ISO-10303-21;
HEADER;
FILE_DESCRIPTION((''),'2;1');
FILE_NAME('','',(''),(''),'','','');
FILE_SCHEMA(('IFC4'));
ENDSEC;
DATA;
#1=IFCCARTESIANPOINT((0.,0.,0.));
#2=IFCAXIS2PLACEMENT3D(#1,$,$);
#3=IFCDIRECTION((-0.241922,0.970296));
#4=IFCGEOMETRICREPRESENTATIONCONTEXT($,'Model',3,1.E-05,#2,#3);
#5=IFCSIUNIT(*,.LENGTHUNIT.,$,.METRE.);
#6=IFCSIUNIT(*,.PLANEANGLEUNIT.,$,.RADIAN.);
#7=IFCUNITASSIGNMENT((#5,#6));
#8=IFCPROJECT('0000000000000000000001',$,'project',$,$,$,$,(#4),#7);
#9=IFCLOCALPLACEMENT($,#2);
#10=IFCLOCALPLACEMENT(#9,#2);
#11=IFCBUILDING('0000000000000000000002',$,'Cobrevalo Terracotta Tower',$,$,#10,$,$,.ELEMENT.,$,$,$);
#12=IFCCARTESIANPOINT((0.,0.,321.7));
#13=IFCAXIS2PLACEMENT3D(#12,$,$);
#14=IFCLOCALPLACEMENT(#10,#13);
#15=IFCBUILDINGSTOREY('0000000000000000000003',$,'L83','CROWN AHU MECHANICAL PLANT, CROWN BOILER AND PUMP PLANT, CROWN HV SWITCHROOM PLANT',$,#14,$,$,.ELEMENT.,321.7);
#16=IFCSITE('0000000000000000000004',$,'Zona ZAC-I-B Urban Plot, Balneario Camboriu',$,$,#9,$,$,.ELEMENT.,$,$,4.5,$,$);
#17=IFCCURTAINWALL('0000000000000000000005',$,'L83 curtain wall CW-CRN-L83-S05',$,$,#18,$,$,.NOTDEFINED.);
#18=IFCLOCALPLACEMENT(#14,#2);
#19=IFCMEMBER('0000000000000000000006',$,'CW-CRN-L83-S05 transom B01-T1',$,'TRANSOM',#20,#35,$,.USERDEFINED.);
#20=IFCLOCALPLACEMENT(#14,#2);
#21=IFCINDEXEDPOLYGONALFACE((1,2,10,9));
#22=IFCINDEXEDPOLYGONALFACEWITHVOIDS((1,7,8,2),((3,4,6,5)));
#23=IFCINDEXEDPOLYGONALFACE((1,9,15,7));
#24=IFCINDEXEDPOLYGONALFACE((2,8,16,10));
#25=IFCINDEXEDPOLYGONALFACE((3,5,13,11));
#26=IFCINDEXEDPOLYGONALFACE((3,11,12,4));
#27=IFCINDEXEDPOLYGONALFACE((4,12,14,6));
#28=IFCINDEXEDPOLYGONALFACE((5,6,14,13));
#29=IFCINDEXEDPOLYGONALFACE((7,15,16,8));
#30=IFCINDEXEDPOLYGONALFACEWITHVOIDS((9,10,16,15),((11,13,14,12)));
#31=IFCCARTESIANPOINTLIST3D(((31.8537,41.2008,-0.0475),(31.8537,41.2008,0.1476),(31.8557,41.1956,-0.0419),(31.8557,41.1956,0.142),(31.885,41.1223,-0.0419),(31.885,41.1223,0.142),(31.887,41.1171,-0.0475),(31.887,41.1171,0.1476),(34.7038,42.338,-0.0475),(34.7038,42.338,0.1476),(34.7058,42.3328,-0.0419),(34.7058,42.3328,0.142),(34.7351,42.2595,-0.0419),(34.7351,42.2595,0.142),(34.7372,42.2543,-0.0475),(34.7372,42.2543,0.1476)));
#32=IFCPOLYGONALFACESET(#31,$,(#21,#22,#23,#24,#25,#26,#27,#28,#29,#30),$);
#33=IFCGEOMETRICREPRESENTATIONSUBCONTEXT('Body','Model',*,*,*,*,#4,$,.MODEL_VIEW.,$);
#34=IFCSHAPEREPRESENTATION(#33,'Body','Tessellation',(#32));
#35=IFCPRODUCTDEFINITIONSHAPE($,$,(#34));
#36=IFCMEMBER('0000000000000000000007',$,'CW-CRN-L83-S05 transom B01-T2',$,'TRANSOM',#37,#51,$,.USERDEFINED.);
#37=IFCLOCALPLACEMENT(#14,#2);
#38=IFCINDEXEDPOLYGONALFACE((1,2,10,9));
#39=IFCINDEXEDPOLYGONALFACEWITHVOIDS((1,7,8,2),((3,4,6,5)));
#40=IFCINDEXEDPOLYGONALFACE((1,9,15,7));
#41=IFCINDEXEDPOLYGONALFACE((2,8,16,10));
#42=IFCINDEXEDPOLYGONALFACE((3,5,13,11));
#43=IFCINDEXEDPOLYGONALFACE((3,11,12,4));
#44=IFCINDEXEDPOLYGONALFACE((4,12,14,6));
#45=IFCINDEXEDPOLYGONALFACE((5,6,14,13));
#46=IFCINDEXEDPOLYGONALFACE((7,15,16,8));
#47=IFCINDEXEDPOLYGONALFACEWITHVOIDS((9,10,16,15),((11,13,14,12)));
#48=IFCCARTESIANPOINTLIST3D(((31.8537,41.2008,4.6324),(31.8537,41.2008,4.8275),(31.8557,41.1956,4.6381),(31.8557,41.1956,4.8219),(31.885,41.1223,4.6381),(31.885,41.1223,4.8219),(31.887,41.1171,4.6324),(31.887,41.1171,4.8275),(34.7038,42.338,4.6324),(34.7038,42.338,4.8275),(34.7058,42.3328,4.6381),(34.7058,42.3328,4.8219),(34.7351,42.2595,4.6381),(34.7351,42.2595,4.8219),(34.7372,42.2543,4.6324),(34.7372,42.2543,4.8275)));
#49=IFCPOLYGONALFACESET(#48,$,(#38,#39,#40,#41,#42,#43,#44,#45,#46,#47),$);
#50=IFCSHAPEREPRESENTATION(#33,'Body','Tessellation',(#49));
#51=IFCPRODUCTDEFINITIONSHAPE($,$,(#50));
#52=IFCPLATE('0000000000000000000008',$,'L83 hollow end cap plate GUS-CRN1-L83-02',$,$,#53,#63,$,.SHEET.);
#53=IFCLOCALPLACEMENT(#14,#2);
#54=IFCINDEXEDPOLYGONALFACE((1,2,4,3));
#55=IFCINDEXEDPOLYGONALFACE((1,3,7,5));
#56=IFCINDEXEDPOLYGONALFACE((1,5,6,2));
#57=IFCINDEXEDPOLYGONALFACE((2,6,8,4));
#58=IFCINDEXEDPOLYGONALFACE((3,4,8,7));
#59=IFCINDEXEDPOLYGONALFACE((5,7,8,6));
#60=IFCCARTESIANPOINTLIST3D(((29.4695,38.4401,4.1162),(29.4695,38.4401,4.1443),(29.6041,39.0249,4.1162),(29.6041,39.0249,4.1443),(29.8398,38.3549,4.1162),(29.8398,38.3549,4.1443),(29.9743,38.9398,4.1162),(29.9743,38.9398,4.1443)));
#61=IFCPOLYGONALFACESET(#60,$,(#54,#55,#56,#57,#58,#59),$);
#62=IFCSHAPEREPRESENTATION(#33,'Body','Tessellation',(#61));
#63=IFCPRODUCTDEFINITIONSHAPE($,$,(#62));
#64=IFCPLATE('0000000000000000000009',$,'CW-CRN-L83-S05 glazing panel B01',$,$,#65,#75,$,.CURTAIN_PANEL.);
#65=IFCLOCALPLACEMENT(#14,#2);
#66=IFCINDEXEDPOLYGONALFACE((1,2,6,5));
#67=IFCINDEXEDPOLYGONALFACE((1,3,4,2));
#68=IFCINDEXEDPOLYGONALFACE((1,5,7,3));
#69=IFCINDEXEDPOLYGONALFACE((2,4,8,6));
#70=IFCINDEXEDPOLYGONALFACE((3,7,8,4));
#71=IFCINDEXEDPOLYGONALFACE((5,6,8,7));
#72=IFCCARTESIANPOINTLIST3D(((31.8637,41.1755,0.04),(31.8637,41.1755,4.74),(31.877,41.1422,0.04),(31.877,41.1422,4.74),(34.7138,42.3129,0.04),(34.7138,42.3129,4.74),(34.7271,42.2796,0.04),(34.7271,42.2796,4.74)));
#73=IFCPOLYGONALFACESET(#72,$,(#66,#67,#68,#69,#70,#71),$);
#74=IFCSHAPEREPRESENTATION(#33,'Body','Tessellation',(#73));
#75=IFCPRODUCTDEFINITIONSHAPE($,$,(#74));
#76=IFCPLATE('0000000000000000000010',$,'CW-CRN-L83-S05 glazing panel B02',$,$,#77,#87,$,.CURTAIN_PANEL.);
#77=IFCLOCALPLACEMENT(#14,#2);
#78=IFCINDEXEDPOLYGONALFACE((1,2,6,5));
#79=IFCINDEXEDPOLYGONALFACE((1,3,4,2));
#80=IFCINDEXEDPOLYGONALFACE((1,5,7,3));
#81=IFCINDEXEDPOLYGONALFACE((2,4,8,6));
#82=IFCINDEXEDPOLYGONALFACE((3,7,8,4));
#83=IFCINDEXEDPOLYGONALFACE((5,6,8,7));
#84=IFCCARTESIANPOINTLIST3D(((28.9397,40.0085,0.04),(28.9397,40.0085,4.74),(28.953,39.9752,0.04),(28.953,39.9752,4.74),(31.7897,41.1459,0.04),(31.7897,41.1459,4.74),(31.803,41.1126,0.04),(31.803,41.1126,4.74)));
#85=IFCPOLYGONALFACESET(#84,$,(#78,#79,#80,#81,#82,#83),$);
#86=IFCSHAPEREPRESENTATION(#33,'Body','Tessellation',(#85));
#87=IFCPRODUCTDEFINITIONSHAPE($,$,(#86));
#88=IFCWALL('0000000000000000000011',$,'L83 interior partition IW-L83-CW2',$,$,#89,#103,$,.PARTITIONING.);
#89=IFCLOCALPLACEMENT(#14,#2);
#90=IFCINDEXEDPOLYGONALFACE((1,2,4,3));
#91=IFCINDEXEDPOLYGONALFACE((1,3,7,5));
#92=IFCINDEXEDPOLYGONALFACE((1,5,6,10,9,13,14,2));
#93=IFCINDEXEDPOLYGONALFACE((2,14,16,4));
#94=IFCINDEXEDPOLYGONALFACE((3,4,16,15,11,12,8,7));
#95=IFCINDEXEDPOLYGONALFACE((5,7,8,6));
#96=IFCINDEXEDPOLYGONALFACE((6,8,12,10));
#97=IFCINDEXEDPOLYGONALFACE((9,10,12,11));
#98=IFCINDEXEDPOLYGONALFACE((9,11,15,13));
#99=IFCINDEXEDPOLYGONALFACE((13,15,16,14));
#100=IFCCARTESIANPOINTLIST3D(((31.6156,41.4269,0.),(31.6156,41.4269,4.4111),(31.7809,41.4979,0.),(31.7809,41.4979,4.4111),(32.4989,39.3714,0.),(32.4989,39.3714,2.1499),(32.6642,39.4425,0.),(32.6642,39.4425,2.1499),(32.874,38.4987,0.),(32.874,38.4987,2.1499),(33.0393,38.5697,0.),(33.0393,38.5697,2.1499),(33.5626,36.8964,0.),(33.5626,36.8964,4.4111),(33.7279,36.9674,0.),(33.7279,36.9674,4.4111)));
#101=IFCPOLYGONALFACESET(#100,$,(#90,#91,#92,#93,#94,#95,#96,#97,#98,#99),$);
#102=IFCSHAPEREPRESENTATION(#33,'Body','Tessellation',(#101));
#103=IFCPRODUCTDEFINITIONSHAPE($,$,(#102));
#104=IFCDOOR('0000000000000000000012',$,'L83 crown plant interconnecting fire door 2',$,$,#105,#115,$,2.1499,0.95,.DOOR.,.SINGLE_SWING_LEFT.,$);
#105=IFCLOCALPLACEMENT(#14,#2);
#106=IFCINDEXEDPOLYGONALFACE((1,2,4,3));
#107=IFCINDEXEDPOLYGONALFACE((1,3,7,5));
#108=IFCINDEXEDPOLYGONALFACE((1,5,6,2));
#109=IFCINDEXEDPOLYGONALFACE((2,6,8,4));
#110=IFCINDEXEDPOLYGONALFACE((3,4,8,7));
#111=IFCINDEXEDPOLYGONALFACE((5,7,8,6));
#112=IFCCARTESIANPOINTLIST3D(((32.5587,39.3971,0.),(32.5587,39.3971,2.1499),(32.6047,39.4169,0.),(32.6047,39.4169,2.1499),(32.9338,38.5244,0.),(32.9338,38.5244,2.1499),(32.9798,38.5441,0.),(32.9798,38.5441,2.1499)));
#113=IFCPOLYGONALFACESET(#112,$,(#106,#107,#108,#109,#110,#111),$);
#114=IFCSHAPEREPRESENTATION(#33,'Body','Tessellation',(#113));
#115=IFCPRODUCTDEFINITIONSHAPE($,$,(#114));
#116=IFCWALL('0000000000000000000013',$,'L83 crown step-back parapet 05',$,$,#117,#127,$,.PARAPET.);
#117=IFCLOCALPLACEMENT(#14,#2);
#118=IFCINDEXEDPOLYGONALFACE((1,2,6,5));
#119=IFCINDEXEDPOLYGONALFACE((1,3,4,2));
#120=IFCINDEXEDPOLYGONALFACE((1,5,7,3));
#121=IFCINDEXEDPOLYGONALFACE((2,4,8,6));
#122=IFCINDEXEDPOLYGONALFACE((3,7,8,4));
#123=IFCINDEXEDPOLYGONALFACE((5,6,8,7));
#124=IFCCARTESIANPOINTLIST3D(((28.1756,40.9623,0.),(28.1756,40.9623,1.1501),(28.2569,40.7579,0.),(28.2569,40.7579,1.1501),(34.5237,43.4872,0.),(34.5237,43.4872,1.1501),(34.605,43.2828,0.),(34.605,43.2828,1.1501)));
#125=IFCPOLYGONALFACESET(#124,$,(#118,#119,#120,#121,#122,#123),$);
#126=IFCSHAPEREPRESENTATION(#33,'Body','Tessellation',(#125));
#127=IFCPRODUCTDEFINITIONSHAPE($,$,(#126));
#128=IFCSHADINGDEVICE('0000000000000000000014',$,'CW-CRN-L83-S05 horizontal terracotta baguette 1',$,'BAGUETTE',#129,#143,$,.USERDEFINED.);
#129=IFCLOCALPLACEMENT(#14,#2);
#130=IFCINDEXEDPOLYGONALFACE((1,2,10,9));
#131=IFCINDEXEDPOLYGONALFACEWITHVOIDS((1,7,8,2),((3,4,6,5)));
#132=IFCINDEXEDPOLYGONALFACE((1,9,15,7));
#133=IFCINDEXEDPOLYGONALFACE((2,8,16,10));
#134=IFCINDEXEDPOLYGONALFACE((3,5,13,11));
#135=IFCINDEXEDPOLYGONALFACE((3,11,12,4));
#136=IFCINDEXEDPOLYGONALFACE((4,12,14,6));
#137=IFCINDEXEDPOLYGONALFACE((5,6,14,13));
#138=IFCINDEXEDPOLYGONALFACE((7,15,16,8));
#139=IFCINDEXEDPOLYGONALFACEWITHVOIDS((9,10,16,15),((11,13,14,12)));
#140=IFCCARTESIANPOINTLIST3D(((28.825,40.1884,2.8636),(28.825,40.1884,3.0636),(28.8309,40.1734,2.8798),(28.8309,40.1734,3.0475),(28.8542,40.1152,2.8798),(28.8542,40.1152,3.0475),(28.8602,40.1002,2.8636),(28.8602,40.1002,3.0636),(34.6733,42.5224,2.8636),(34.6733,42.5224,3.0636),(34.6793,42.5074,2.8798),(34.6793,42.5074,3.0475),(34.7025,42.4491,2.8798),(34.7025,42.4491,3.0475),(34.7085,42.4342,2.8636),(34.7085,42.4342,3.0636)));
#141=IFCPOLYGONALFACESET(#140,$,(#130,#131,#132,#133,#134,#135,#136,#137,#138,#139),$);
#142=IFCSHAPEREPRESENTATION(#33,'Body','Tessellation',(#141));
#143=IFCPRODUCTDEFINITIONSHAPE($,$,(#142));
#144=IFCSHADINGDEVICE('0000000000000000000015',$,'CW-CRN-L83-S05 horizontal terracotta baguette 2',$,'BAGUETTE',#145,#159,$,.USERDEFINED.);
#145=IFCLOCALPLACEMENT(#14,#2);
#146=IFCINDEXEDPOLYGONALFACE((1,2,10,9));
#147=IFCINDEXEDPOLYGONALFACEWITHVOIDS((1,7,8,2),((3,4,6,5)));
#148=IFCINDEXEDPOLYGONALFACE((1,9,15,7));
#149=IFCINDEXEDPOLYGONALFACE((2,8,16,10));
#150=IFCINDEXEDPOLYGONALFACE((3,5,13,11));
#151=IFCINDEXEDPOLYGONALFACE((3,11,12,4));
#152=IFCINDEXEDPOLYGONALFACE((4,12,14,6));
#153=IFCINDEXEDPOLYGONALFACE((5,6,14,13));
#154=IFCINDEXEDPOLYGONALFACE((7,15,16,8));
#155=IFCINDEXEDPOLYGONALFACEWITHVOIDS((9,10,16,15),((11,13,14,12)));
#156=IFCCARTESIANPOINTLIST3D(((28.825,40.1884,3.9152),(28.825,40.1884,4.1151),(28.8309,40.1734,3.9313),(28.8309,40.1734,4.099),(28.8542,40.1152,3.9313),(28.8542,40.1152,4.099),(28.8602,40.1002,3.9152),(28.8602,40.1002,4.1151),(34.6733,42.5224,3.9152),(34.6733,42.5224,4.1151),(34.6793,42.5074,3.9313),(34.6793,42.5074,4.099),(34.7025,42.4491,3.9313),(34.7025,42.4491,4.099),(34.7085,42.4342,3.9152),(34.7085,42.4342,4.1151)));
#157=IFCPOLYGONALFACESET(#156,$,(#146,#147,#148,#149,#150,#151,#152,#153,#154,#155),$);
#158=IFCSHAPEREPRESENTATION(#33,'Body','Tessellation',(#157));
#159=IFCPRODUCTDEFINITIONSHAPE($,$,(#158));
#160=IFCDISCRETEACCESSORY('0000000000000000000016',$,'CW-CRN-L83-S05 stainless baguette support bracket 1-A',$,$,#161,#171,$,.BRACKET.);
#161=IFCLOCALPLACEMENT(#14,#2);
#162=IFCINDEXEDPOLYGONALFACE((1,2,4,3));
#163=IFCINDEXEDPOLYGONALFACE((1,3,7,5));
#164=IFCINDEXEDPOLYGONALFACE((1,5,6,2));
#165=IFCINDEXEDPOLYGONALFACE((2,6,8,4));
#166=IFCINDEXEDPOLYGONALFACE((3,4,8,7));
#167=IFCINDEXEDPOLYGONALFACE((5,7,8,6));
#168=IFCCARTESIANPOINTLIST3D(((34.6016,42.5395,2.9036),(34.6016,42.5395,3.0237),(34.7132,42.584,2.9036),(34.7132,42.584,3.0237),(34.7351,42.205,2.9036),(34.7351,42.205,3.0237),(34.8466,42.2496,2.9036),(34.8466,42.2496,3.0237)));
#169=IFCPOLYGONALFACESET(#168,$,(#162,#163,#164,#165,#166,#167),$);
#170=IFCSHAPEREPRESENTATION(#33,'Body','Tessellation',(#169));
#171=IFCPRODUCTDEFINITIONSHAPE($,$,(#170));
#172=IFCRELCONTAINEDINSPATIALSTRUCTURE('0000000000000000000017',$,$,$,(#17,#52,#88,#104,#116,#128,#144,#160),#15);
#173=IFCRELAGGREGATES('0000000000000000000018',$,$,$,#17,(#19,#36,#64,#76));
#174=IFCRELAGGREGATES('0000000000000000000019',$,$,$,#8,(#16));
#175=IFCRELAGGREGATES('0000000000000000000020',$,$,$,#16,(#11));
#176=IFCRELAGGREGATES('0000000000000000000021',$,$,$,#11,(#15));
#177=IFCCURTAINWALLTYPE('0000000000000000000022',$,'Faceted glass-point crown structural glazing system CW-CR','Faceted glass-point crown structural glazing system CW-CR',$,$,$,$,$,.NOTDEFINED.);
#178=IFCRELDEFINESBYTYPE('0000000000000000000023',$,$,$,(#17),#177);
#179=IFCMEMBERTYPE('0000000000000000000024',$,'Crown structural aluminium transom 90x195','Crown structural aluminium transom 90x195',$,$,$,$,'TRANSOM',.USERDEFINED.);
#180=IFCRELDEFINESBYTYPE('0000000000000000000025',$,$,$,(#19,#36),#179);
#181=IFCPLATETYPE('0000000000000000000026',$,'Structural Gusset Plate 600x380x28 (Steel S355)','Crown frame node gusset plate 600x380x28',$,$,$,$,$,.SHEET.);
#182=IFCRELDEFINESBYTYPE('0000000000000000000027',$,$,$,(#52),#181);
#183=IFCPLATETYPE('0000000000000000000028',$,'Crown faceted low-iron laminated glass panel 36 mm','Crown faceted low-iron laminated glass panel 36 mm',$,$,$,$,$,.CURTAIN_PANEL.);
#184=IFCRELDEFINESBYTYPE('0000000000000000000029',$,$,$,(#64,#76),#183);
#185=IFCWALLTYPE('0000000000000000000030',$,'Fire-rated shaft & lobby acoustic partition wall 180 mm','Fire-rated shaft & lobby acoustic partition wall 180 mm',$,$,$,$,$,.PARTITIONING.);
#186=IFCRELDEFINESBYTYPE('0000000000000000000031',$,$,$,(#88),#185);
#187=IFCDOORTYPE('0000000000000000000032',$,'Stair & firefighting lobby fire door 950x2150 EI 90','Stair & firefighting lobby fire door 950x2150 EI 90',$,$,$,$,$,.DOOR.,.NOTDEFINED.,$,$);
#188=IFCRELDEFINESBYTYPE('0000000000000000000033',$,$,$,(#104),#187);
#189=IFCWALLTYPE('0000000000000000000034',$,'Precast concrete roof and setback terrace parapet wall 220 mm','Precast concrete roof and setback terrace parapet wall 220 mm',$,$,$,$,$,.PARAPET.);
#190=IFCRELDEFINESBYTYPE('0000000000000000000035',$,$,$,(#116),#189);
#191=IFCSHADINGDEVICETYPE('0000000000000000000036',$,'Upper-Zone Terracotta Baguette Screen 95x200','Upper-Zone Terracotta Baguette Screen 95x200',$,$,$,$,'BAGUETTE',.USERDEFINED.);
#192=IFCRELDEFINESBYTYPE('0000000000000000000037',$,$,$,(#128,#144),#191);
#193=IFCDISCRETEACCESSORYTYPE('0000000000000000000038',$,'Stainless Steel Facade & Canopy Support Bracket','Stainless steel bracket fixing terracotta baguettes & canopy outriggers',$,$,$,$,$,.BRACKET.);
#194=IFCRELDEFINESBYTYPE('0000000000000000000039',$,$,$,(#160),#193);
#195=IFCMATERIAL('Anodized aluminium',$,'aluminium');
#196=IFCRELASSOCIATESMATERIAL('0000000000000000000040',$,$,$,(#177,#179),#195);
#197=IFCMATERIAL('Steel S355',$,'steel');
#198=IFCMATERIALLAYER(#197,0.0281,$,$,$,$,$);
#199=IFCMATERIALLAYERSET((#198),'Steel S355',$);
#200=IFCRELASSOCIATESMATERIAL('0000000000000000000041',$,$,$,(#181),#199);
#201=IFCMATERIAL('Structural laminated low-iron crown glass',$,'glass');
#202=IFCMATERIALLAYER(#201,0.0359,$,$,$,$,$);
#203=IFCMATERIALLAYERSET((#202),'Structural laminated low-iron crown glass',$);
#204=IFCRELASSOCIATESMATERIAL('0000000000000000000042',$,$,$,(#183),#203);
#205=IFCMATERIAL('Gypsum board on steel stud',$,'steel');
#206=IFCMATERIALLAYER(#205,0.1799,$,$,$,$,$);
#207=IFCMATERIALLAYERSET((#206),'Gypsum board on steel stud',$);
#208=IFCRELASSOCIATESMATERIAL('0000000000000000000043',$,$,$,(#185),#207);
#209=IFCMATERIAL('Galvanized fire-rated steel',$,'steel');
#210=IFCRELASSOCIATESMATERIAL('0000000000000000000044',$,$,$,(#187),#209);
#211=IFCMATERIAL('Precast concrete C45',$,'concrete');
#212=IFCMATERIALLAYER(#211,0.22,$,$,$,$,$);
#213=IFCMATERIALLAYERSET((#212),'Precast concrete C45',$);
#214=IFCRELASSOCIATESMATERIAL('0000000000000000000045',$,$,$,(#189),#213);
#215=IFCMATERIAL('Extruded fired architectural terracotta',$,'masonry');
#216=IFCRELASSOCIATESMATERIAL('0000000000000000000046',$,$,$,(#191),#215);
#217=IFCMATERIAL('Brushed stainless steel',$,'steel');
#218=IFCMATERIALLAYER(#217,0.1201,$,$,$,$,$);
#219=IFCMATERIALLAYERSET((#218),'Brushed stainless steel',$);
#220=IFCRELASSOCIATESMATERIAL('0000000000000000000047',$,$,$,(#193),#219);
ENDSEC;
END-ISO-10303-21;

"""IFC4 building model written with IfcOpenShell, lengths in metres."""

from ifc_helpers import new_model, si_unit, direction, frame, frame_2d, origin, origin_2d, place, context, subcontext, project, spatial, rectangle, hollow_rectangle, extrude, source, transform, mapped, material, layer, layer_set, material_profile, profile_set, type_object, element, fill, aggregate, save


model = new_model("IFC4")

# Units and contexts
model_context = context("Model", 3, precision=1e-05, world=origin(), true_north=direction((-0.241922, 0.970296)))
body_context = subcontext(model_context, "Body", "Model", "MODEL_VIEW")
ifc_project = project(units=[si_unit("LENGTHUNIT", "METRE"), si_unit("PLANEANGLEUNIT", "RADIAN")], contexts=[model_context])

# Site, building, storey
site_placement = place(None, origin())
site = spatial("IfcSite", under=ifc_project, at=site_placement, Name="Zona ZAC-I-B Urban Plot, Balneario Camboriu", CompositionType="ELEMENT", RefElevation=4.5)
building_placement = place(site_placement, origin())
building = spatial("IfcBuilding", under=site, at=building_placement, Name="Cobrevalo Terracotta Tower", CompositionType="ELEMENT")
storey_placement = place(building_placement, frame((0.0, 0.0, 321.7)))
storey = spatial("IfcBuildingStorey", under=building, at=storey_placement, Name="L83", Description="CROWN AHU MECHANICAL PLANT, CROWN BOILER AND PUMP PLANT, CROWN HV SWITCHROOM PLANT", CompositionType="ELEMENT", Elevation=321.7)

# Shared definitions
ifc_material_1 = material(Name="Steel S355", Category="steel")

# Shared definitions
ifc_material_2 = material(Name="Anodized aluminium", Category="aluminium")
curtain_wall_type = type_object("IfcCurtainWallType", Name="Faceted glass-point crown structural glazing system CW-CR", Description="Faceted glass-point crown structural glazing system CW-CR", PredefinedType="NOTDEFINED", material=ifc_material_2)

# Curtain wall, members
curtain_wall_1_placement = place(storey_placement, origin())
curtain_wall_1 = element("IfcCurtainWall", 1, at=curtain_wall_1_placement, inside=storey, type_object=curtain_wall_type, Name="L83 curtain wall CW-CRN-L83-S05", PredefinedType="NOTDEFINED")
ifc_material_profile_1 = material_profile(ifc_material_2, hollow_rectangle(XDim=0.0901, YDim=0.1951, WallThickness=0.0056, at=origin_2d()), Name="CWT 90x195")
ifc_profile_set_1 = profile_set([ifc_material_profile_1], Name="Anodized aluminium")
member_type_1 = type_object("IfcMemberType", Name="Crown structural aluminium transom 90x195", Description="Crown structural aluminium transom 90x195", ElementType="TRANSOM", PredefinedType="USERDEFINED", material=ifc_profile_set_1)
shared_shape_1 = source(origin(), body_context, "Body", "SweptSolid", [
    extrude(hollow_rectangle(XDim=0.0901, YDim=0.1951, WallThickness=0.0056, at=origin_2d()), origin(), (0.0, 0.0, 1.0), 3.0686),
])
member_1_placement = place(storey_placement, frame((34.7205, 42.2961, 0.05), z_axis=(-0.928795, -0.370595, 0.0), x_axis=(0.370595, -0.928795, 0.0)))
member_1 = element("IfcMember", 2, at=member_1_placement, type_object=member_type_1, Name="CW-CRN-L83-S05 transom B01-T1", ObjectType="TRANSOM", PredefinedType="USERDEFINED", context=body_context, shape_type="MappedRepresentation", body=[
    mapped(shared_shape_1, transform((0.0, 0.0, 0.0), scale=1.0)),
])
member_2_placement = place(storey_placement, frame((34.7205, 42.2961, 4.73), z_axis=(-0.928795, -0.370595, 0.0), x_axis=(0.370595, -0.928795, 0.0)))
member_2 = element("IfcMember", 3, at=member_2_placement, type_object=member_type_1, Name="CW-CRN-L83-S05 transom B01-T2", ObjectType="TRANSOM", PredefinedType="USERDEFINED", context=body_context, shape_type="MappedRepresentation", body=[
    mapped(shared_shape_1, transform((0.0, 0.0, 0.0), scale=1.0)),
])

# Plates
ifc_layer_1 = layer(ifc_material_1, 0.0281)
ifc_layer_set_1 = layer_set([ifc_layer_1], Name="Steel S355")
plate_type_1 = type_object("IfcPlateType", Name="Structural Gusset Plate 600x380x28 (Steel S355)", Description="Crown frame node gusset plate 600x380x28", PredefinedType="SHEET", material=ifc_layer_set_1)
shared_shape_2 = source(origin(), body_context, "Body", "SweptSolid", [
    extrude(rectangle(XDim=0.6001, YDim=0.3799, at=origin_2d()), origin(), (0.0, 0.0, 1.0), 0.0281),
])
plate_1_placement = place(storey_placement, frame((29.7219, 38.6899, 4.1162), z_axis=(0.0, 0.0, 1.0), x_axis=(0.224221, 0.974538, 0.0)))
element("IfcPlate", 4, at=plate_1_placement, inside=storey, type_object=plate_type_1, Name="L83 hollow end cap plate GUS-CRN1-L83-02", PredefinedType="SHEET", context=body_context, shape_type="MappedRepresentation", body=[
    mapped(shared_shape_2, transform((0.0, 0.0, 0.0), scale=1.0)),
])
ifc_material_3 = material(Name="Structural laminated low-iron crown glass", Category="glass")
ifc_layer_2 = layer(ifc_material_3, 0.0359)
ifc_layer_set_2 = layer_set([ifc_layer_2], Name="Structural laminated low-iron crown glass")
plate_type_2 = type_object("IfcPlateType", Name="Crown faceted low-iron laminated glass panel 36 mm", Description="Crown faceted low-iron laminated glass panel 36 mm", PredefinedType="CURTAIN_PANEL", material=ifc_layer_set_2)
shared_shape_3 = source(origin(), body_context, "Body", "SweptSolid", [
    extrude(rectangle(XDim=3.0686, YDim=0.0359, at=origin_2d()), origin(), (0.0, 0.0, 1.0), 4.7),
])
plate_2_placement = place(storey_placement, frame((33.2954, 41.7275, 0.04), z_axis=(0.0, 0.0, 1.0), x_axis=(-0.928769, -0.37066, 0.0)))
plate_2 = element("IfcPlate", 5, at=plate_2_placement, type_object=plate_type_2, Name="CW-CRN-L83-S05 glazing panel B01", PredefinedType="CURTAIN_PANEL", context=body_context, shape_type="MappedRepresentation", body=[
    mapped(shared_shape_3, transform((0.0, 0.0, 0.0), scale=1.0)),
])
plate_3_placement = place(storey_placement, frame((30.3713, 40.5605, 0.04), z_axis=(0.0, 0.0, 1.0), x_axis=(-0.928769, -0.37066, 0.0)))
plate_3 = element("IfcPlate", 6, at=plate_3_placement, type_object=plate_type_2, Name="CW-CRN-L83-S05 glazing panel B02", PredefinedType="CURTAIN_PANEL", context=body_context, shape_type="MappedRepresentation", body=[
    mapped(shared_shape_3, transform((0.0, 0.0, 0.0), scale=1.0)),
])
aggregate(curtain_wall_1, [member_1, member_2, plate_2, plate_3])

# Wall, opening, door
ifc_material_4 = material(Name="Gypsum board on steel stud", Category="steel")
ifc_layer_3 = layer(ifc_material_4, 0.1799)
ifc_layer_set_3 = layer_set([ifc_layer_3], Name="Gypsum board on steel stud")
wall_type_1 = type_object("IfcWallType", Name="Fire-rated shaft & lobby acoustic partition wall 180 mm", Description="Fire-rated shaft & lobby acoustic partition wall 180 mm", PredefinedType="PARTITIONING", material=ifc_layer_set_3)
wall_1_placement = place(storey_placement, frame((33.6453, 36.9319, 0.0), z_axis=(0.0, 0.0, 1.0), x_axis=(-0.394839, 0.91875, 0.0)))
wall_1 = element("IfcWall", 7, at=wall_1_placement, inside=storey, type_object=wall_type_1, Name="L83 interior partition IW-L83-CW2", PredefinedType="PARTITIONING", context=body_context, shape_type="SweptSolid", body=[
    extrude(rectangle(XDim=4.9312, YDim=0.1799, at=frame_2d((2.4656, 0.0))), origin(), (0.0, 0.0, 1.0), 4.4111),
])
opening_placement = place(wall_1_placement, frame((1.7439, 0.0, 0.0)))
opening = element("IfcOpeningElement", 8, at=opening_placement, cuts=wall_1, PredefinedType="OPENING", context=body_context, shape_type="SweptSolid", body=[
    extrude(rectangle(XDim=0.95, YDim=2.1499, at=frame_2d((0.4751, 1.075))), frame((0.0, 0.1001, 0.0), z_axis=(0.0, -1.0, 0.0), x_axis=(1.0, 0.0, 0.0)), (0.0, 0.0, 1.0), 0.2),
])
ifc_material_5 = material(Name="Galvanized fire-rated steel", Category="steel")
door_type = type_object("IfcDoorType", Name="Stair & firefighting lobby fire door 950x2150 EI 90", Description="Stair & firefighting lobby fire door 950x2150 EI 90", OperationType="NOTDEFINED", PredefinedType="DOOR", material=ifc_material_5)
shared_shape_4 = source(origin(), body_context, "Body", "SweptSolid", [
    extrude(rectangle(XDim=0.95, YDim=2.1499, at=frame_2d((0.4751, 1.075))), frame((0.0, 0.0249, 0.0), z_axis=(0.0, -1.0, 0.0), x_axis=(1.0, 0.0, 0.0)), (0.0, 0.0, 1.0), 0.05),
])
door_placement = place(opening_placement, origin())
door = element("IfcDoor", 9, at=door_placement, inside=storey, type_object=door_type, Name="L83 crown plant interconnecting fire door 2", OperationType="SINGLE_SWING_LEFT", OverallHeight=2.1499, OverallWidth=0.95, PredefinedType="DOOR", context=body_context, shape_type="MappedRepresentation", body=[
    mapped(shared_shape_4, transform((0.0, 0.0, 0.0), scale=1.0)),
])
fill(opening, door)

# Wall
ifc_material_6 = material(Name="Precast concrete C45", Category="concrete")
ifc_layer_4 = layer(ifc_material_6, 0.22)
ifc_layer_set_4 = layer_set([ifc_layer_4], Name="Precast concrete C45")
wall_type_2 = type_object("IfcWallType", Name="Precast concrete roof and setback terrace parapet wall 220 mm", Description="Precast concrete roof and setback terrace parapet wall 220 mm", PredefinedType="PARAPET", material=ifc_layer_set_4)
wall_2_placement = place(storey_placement, frame((34.5645, 43.385, 0.0), z_axis=(0.0, 0.0, 1.0), x_axis=(-0.929199, -0.369579, 0.0)))
element("IfcWall", 10, at=wall_2_placement, inside=storey, type_object=wall_type_2, Name="L83 crown step-back parapet 05", PredefinedType="PARAPET", context=body_context, shape_type="SweptSolid", body=[
    extrude(rectangle(XDim=6.8318, YDim=0.22, at=frame_2d((3.416, 0.0))), origin(), (0.0, 0.0, 1.0), 1.1501),
])

# Shading devices
ifc_material_7 = material(Name="Extruded fired architectural terracotta", Category="masonry")
ifc_material_profile_2 = material_profile(ifc_material_7, hollow_rectangle(XDim=0.095, YDim=0.2, WallThickness=0.0161, at=origin_2d()), Name="BAGUETTE 95x200")
ifc_profile_set_2 = profile_set([ifc_material_profile_2], Name="Extruded fired architectural terracotta")
shading_device_type = type_object("IfcShadingDeviceType", Name="Upper-Zone Terracotta Baguette Screen 95x200", Description="Upper-Zone Terracotta Baguette Screen 95x200", ElementType="BAGUETTE", PredefinedType="USERDEFINED", material=ifc_profile_set_2)
shared_shape_5 = source(origin(), body_context, "Body", "SweptSolid", [
    extrude(hollow_rectangle(XDim=0.095, YDim=0.2, WallThickness=0.0161, at=origin_2d()), origin(), (0.0, 0.0, 1.0), 6.2969),
])
for number, where, z_axis, x_axis, name in (
    (11, (34.6909, 42.4783, 2.9636), (-0.928771, -0.370655, 0.0), (0.370655, -0.928771, 0.0), "CW-CRN-L83-S05 horizontal terracotta baguette 1"),
    (12, (34.6909, 42.4783, 4.0151), (-0.928771, -0.370655, 0.0), (0.370655, -0.928771, 0.0), "CW-CRN-L83-S05 horizontal terracotta baguette 2"),
):
    element("IfcShadingDevice", number, at=place(storey_placement, frame(where, z_axis=z_axis, x_axis=x_axis)), inside=storey, type_object=shading_device_type, Name=name, ObjectType="BAGUETTE", PredefinedType="USERDEFINED", context=body_context, shape_type="MappedRepresentation", body=[
        mapped(shared_shape_5, transform((0.0, 0.0, 0.0), scale=1.0)),
    ])

# Discrete accessory
ifc_material_8 = material(Name="Brushed stainless steel", Category="steel")
ifc_layer_5 = layer(ifc_material_8, 0.1201)
ifc_layer_set_5 = layer_set([ifc_layer_5], Name="Brushed stainless steel")
discrete_accessory_type = type_object("IfcDiscreteAccessoryType", Name="Stainless Steel Facade & Canopy Support Bracket", Description="Stainless steel bracket fixing terracotta baguettes & canopy outriggers", PredefinedType="BRACKET", material=ifc_layer_set_5)
shared_shape_6 = source(origin(), body_context, "Body", "SweptSolid", [
    extrude(rectangle(XDim=0.1201, YDim=0.3601, at=origin_2d()), origin(), (0.0, 0.0, 1.0), 0.1201),
])
for number, where, z_axis, x_axis, name in (
    (13, (34.7241, 42.3945, 2.9036), (0.0, 0.0, 1.0), (-0.928769, -0.37066, 0.0), "CW-CRN-L83-S05 stainless baguette support bracket 1-A"),
):
    element("IfcDiscreteAccessory", number, at=place(storey_placement, frame(where, z_axis=z_axis, x_axis=x_axis)), inside=storey, type_object=discrete_accessory_type, Name=name, PredefinedType="BRACKET", context=body_context, shape_type="MappedRepresentation", body=[
        mapped(shared_shape_6, transform((0.0, 0.0, 0.0), scale=1.0)),
    ])

save(model, "model.ifc")
